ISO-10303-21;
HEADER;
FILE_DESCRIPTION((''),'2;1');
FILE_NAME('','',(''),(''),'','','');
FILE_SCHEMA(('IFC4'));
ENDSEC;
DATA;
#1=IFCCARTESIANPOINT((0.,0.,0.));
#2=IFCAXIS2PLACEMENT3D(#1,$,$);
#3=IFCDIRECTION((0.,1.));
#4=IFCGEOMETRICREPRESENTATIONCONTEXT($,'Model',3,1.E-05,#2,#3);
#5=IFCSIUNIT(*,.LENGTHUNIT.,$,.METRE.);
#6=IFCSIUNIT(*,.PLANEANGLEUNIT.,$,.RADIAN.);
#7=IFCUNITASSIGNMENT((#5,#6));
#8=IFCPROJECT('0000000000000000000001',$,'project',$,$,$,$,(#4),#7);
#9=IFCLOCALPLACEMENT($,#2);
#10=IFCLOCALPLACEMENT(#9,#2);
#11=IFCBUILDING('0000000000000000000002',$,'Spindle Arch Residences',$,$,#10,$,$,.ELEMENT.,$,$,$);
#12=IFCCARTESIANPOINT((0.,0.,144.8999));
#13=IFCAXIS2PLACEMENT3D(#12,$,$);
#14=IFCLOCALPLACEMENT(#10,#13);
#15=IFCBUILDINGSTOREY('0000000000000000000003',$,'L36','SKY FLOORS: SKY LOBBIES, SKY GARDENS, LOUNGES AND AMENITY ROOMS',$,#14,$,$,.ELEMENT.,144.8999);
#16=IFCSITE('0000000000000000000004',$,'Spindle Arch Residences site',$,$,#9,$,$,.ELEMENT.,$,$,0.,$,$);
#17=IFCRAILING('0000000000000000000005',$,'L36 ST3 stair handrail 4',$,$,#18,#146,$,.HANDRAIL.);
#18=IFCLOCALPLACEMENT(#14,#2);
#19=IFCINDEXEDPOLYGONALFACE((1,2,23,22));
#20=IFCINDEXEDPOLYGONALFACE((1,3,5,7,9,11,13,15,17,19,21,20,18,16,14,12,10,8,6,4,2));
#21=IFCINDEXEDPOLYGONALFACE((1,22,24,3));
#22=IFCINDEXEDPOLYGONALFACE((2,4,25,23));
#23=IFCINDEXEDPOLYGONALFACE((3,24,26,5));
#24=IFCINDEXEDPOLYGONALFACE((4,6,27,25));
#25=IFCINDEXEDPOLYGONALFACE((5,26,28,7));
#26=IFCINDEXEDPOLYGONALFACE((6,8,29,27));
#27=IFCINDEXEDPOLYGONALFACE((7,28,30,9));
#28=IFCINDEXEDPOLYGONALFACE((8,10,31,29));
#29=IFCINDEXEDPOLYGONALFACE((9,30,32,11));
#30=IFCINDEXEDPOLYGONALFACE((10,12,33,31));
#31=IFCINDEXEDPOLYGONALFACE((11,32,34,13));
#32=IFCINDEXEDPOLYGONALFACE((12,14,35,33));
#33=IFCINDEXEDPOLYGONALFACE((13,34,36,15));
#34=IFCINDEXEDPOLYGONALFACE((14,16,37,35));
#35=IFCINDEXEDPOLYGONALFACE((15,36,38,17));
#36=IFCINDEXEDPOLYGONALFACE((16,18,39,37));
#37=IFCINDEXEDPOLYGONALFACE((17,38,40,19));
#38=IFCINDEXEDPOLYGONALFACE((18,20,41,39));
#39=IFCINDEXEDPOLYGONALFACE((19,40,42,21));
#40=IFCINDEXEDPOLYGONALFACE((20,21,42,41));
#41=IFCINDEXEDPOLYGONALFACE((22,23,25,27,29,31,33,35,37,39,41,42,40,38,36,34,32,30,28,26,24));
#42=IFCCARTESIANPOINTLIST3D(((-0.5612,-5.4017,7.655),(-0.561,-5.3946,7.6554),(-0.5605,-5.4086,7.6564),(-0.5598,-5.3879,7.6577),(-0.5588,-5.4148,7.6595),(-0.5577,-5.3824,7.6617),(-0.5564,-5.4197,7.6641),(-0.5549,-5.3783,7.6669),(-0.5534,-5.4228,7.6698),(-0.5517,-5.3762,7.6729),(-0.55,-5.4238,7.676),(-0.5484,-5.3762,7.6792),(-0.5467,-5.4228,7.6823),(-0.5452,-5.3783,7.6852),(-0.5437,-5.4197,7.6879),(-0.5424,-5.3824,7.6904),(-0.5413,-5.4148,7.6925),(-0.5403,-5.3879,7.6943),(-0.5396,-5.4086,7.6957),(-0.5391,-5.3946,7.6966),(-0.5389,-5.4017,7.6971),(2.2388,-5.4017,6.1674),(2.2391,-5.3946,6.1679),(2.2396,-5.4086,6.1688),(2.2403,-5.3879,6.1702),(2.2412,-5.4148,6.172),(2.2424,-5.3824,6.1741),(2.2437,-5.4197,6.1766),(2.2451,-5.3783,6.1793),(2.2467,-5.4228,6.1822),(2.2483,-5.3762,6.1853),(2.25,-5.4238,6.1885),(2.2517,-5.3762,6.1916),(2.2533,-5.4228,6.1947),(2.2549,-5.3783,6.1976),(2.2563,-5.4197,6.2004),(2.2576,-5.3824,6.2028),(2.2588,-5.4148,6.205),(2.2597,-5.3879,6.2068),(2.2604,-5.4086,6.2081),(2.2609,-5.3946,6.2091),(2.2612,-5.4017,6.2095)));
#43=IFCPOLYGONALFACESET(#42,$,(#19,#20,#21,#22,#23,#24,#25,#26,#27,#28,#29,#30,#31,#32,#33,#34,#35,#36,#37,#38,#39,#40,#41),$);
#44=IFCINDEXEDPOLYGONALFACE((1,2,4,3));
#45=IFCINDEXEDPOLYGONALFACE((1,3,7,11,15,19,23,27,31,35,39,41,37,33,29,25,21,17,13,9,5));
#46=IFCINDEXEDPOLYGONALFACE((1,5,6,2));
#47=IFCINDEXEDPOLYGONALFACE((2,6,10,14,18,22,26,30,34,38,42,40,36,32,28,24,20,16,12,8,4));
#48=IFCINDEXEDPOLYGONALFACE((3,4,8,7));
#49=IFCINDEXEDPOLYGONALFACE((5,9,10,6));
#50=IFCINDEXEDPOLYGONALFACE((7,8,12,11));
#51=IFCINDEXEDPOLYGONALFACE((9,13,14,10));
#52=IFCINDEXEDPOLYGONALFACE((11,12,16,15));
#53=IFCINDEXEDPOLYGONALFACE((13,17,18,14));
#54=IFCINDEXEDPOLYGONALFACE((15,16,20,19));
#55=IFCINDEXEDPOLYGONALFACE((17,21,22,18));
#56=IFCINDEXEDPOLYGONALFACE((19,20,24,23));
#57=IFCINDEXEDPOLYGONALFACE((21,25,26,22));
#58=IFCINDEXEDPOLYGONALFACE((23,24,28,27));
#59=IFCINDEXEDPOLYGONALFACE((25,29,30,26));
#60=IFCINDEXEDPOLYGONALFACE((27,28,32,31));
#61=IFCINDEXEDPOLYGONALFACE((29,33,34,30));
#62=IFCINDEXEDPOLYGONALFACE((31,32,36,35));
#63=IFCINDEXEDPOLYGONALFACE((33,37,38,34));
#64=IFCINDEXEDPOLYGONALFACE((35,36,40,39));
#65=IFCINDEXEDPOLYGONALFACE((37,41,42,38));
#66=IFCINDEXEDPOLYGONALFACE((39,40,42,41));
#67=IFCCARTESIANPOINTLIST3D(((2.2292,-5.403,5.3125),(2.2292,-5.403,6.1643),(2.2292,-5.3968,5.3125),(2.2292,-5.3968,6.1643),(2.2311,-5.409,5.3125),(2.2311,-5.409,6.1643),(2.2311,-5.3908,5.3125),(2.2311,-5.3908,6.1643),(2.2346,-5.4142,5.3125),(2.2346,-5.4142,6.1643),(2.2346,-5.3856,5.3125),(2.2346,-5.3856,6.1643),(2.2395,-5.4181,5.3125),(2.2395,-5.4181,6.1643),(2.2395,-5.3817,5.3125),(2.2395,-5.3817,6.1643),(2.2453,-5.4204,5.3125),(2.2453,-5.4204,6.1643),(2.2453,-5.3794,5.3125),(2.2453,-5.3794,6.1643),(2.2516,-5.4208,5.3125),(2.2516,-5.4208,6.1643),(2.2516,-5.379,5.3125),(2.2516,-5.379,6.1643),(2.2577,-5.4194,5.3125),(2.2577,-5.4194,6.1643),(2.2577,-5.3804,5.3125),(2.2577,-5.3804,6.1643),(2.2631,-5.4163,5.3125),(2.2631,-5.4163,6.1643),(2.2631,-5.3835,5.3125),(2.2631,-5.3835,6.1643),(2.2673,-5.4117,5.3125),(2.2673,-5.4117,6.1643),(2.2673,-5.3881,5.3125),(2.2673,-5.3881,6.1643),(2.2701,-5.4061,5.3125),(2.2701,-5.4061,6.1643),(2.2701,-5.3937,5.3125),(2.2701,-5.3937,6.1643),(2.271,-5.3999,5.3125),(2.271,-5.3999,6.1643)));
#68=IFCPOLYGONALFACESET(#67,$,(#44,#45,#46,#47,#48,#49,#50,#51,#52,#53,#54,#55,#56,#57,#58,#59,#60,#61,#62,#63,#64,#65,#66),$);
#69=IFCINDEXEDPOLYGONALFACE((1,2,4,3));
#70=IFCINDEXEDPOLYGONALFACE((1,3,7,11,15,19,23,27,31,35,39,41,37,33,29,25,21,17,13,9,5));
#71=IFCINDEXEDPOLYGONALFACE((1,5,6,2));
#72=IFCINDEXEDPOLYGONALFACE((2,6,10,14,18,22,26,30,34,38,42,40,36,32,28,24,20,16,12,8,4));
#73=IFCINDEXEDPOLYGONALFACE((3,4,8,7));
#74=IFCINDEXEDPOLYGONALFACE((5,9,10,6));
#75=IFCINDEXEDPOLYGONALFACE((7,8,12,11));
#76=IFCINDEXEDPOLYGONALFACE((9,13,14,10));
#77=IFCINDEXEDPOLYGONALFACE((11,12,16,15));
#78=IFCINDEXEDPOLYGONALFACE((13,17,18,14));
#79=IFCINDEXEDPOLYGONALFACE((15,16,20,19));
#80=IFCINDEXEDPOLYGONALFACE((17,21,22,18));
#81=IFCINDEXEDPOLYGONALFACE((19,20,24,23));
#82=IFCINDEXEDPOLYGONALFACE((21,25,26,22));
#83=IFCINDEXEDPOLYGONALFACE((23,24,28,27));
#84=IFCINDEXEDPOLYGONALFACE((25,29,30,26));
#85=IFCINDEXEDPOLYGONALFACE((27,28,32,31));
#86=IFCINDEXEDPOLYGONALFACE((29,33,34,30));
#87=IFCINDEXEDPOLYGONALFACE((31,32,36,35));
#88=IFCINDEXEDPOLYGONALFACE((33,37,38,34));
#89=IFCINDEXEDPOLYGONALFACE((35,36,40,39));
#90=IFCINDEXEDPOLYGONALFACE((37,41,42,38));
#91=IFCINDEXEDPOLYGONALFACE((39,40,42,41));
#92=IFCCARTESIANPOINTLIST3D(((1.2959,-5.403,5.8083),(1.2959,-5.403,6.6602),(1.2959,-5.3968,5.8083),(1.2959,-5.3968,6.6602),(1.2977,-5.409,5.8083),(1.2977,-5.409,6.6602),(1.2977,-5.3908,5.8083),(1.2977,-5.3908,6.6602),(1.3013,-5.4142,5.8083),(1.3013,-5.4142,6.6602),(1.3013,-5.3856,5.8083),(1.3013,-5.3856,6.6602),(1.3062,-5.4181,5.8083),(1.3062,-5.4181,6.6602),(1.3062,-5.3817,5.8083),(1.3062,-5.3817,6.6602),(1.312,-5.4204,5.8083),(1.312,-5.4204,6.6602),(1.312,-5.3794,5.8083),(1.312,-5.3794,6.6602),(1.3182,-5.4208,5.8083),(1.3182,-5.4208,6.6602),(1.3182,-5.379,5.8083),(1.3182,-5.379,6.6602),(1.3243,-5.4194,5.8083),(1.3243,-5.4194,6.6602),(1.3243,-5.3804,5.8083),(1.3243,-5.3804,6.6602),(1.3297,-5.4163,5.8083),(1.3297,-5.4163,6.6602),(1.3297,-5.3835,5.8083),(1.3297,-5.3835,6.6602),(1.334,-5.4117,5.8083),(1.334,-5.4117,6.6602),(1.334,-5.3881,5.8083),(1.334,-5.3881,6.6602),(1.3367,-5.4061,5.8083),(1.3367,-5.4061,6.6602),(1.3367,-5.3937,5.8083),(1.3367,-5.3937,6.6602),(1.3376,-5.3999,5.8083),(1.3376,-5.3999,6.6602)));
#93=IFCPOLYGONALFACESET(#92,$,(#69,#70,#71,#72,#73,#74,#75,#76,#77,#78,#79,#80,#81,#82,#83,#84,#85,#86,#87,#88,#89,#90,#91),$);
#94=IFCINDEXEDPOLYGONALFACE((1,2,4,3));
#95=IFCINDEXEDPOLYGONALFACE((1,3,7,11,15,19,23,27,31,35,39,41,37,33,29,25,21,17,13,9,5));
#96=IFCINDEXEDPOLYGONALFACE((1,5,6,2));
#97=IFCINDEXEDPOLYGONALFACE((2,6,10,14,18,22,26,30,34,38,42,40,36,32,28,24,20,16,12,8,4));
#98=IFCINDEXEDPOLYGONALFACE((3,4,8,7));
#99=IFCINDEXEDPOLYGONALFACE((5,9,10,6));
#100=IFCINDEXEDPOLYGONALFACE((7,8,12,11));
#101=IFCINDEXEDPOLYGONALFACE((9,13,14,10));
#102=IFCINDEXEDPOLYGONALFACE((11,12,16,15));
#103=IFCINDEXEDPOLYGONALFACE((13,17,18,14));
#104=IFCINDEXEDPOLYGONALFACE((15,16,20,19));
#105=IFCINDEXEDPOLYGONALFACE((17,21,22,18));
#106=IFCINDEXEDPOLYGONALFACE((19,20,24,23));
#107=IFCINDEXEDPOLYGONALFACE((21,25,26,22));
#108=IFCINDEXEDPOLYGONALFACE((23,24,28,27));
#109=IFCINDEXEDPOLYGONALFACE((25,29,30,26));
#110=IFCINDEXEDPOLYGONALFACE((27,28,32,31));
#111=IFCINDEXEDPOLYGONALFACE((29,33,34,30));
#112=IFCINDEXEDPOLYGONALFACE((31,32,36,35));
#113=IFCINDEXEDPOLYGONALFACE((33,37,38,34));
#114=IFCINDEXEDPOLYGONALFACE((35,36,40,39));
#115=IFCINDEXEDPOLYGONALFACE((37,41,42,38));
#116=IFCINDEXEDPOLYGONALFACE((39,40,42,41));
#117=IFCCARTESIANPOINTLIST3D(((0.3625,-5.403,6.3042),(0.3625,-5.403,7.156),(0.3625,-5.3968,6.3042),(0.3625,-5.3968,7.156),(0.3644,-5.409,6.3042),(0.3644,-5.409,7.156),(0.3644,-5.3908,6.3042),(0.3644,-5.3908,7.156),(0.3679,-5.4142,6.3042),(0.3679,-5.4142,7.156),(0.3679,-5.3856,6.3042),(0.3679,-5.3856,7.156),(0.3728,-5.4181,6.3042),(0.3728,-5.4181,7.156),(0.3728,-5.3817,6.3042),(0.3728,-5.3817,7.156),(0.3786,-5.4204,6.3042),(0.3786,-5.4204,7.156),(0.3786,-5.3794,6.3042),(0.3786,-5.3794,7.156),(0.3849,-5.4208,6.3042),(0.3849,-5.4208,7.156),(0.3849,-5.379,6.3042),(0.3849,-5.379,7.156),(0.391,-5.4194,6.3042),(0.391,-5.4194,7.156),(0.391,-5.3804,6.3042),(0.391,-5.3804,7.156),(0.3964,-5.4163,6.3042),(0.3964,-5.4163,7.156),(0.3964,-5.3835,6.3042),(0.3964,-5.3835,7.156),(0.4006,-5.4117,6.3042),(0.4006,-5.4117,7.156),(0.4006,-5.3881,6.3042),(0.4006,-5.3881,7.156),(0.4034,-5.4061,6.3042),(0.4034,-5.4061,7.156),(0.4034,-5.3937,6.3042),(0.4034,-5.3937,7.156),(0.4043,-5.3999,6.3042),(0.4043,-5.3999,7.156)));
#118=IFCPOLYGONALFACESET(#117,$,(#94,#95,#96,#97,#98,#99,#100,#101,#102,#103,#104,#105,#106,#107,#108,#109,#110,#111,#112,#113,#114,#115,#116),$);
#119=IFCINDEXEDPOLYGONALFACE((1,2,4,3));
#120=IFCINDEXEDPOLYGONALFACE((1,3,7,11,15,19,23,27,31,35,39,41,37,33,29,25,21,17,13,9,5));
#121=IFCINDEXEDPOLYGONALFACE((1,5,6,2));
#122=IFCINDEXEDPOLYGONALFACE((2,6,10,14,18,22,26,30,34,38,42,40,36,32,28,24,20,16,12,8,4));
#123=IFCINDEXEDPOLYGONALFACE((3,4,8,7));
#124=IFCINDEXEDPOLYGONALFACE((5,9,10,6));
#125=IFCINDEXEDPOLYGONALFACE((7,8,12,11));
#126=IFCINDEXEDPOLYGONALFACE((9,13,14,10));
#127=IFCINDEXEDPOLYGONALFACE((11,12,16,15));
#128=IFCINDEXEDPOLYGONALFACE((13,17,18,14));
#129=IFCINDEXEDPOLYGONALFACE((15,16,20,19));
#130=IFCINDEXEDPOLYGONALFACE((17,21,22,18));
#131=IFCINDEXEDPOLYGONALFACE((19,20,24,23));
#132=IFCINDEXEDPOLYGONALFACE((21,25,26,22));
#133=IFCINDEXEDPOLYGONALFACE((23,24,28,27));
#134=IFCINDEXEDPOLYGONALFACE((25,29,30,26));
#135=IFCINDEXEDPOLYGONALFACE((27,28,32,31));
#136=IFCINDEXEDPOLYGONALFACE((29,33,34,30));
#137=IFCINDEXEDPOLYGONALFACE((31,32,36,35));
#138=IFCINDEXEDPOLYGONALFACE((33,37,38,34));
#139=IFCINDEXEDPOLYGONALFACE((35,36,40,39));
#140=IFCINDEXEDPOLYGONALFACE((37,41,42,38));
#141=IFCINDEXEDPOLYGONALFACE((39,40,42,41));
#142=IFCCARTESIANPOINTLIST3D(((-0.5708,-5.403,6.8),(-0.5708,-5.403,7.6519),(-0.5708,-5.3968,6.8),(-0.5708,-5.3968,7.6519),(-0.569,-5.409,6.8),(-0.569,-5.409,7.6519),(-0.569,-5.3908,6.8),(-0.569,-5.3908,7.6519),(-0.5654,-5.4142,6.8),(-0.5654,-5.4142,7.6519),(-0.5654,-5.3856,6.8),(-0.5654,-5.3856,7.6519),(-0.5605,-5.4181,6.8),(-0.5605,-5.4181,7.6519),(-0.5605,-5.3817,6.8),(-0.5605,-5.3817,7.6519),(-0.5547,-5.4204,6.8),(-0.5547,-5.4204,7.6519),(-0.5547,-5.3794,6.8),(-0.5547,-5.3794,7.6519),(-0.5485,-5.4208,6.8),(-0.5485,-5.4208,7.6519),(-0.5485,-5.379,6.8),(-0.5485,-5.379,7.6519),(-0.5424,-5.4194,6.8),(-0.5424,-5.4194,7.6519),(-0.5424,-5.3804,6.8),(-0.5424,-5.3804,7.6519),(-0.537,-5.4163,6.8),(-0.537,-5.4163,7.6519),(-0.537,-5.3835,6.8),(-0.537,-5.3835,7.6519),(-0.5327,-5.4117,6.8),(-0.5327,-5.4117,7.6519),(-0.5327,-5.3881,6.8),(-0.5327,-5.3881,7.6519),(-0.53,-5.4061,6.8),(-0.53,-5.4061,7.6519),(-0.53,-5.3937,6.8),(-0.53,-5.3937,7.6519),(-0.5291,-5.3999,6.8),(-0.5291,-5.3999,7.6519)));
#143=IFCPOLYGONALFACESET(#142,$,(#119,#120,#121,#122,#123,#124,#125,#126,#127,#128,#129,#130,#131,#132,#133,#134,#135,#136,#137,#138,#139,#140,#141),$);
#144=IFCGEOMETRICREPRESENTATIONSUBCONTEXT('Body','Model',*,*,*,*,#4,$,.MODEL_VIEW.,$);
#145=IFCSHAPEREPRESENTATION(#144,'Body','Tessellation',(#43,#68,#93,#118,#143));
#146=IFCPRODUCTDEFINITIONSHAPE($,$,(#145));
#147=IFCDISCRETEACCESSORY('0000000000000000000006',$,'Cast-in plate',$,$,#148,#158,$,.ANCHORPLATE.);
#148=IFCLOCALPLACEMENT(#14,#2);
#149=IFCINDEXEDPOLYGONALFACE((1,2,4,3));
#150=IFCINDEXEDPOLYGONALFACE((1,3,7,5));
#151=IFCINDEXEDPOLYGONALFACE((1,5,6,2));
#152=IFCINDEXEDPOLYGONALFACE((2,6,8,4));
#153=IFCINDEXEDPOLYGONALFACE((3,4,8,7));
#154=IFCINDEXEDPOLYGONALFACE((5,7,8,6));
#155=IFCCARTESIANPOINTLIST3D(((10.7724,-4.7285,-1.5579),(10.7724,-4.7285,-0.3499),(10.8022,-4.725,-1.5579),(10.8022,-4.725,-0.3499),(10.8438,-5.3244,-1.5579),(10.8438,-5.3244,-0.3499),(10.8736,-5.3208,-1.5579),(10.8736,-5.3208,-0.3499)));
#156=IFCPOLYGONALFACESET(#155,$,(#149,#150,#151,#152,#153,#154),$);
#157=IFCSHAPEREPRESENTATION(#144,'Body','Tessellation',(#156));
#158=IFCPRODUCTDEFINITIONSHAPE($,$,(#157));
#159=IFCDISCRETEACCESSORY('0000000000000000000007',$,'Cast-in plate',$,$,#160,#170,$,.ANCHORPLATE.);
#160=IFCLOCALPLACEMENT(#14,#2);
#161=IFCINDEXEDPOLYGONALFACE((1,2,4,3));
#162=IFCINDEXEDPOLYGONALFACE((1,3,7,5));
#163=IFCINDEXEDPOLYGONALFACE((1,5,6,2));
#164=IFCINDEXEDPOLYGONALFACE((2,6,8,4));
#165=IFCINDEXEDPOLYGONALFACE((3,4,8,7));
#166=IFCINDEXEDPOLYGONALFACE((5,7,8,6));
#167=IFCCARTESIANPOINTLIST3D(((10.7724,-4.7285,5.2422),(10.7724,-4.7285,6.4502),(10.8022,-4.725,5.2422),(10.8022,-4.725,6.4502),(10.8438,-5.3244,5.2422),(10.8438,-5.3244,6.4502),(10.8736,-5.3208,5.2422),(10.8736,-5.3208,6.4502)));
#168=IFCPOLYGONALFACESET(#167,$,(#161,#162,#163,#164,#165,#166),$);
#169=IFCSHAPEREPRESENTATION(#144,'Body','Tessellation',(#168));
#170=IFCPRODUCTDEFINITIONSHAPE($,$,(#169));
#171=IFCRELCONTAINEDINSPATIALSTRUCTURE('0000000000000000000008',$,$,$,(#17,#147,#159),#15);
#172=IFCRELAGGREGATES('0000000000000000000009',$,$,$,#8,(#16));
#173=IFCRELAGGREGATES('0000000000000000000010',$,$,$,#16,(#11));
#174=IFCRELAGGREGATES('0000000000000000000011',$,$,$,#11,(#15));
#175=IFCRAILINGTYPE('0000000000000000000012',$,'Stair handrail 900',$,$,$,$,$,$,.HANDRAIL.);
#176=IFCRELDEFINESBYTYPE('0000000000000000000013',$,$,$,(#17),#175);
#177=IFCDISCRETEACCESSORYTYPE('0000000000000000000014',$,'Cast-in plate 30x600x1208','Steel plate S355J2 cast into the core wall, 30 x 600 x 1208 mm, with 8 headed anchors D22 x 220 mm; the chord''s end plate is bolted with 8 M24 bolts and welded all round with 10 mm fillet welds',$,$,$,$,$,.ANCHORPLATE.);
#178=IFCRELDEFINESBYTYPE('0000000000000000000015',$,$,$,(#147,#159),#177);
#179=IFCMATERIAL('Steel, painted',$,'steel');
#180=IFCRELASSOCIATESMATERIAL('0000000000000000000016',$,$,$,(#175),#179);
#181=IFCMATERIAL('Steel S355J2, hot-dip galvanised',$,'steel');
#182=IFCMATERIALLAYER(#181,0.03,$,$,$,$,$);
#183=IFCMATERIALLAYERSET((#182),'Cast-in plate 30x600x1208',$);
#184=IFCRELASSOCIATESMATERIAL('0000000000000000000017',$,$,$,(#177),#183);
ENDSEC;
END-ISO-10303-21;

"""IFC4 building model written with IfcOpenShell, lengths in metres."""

from ifc_helpers import new_model, si_unit, direction, frame, origin, origin_2d, place, context, subcontext, project, spatial, rectangle, circle, extrude, material, layer, layer_set, type_object, element, save


model = new_model("IFC4")

# Units and contexts
model_context = context("Model", 3, precision=1e-05, world=origin(), true_north=direction((0.0, 1.0)))
body_context = subcontext(model_context, "Body", "Model", "MODEL_VIEW")
ifc_project = project(units=[si_unit("LENGTHUNIT", "METRE"), si_unit("PLANEANGLEUNIT", "RADIAN")], contexts=[model_context])

# Site, building, storey
site_placement = place(None, origin())
site = spatial("IfcSite", under=ifc_project, at=site_placement, Name="Spindle Arch Residences site", CompositionType="ELEMENT", RefElevation=0.0)
building_placement = place(site_placement, origin())
building = spatial("IfcBuilding", under=site, at=building_placement, Name="Spindle Arch Residences", CompositionType="ELEMENT")
storey_placement = place(building_placement, frame((0.0, 0.0, 144.8999)))
storey = spatial("IfcBuildingStorey", under=building, at=storey_placement, Name="L36", Description="SKY FLOORS: SKY LOBBIES, SKY GARDENS, LOUNGES AND AMENITY ROOMS", CompositionType="ELEMENT", Elevation=144.8999)

# Railing
ifc_material_1 = material(Name="Steel, painted", Category="steel")
railing_type = type_object("IfcRailingType", Name="Stair handrail 900", PredefinedType="HANDRAIL", material=ifc_material_1)
for number, where, name in (
    (1, (2.25, -5.3999, 5.3125), "L36 ST3 stair handrail 4"),
):
    element("IfcRailing", number, at=place(storey_placement, frame(where)), inside=storey, type_object=railing_type, Name=name, PredefinedType="HANDRAIL", context=body_context, shape_type="SweptSolid", body=[
        extrude(circle(Radius=0.0239, at=origin_2d()), frame((0.0, 0.0, 0.876), z_axis=(-0.883113, 0.0, 0.469161), x_axis=(0.0, -1.0, 0.0)), (0.0, 0.0, 1.0), 3.1707),
        extrude(circle(Radius=0.021, at=origin_2d()), origin(), (0.0, 0.0, 1.0), 0.8518),
        extrude(circle(Radius=0.021, at=origin_2d()), frame((-0.9333, 0.0, 0.4958)), (0.0, 0.0, 1.0), 0.8518),
        extrude(circle(Radius=0.021, at=origin_2d()), frame((-1.8667, 0.0, 0.9917)), (0.0, 0.0, 1.0), 0.8518),
        extrude(circle(Radius=0.021, at=origin_2d()), frame((-2.8, 0.0, 1.4875)), (0.0, 0.0, 1.0), 0.8518),
    ])

# Discrete accessories
ifc_material_2 = material(Name="Steel S355J2, hot-dip galvanised", Category="steel")
ifc_layer_1 = layer(ifc_material_2, 0.03)
ifc_layer_set_1 = layer_set([ifc_layer_1], Name="Cast-in plate 30x600x1208")
discrete_accessory_type = type_object("IfcDiscreteAccessoryType", Name="Cast-in plate 30x600x1208", Description="Steel plate S355J2 cast into the core wall, 30 x 600 x 1208 mm, with 8 headed anchors D22 x 220 mm; the chord's end plate is bolted with 8 M24 bolts and welded all round with 10 mm fillet welds", PredefinedType="ANCHORPLATE", material=ifc_layer_set_1)
for number, where, z_axis, x_axis, name in (
    (2, (10.823, -5.0247, -1.5579), (0.0, 0.0, 1.0), (0.99289, 0.119038, 0.0), "Cast-in plate"),
    (3, (10.823, -5.0247, 5.2422), (0.0, 0.0, 1.0), (0.99289, 0.119038, 0.0), "Cast-in plate"),
):
    element("IfcDiscreteAccessory", number, at=place(storey_placement, frame(where, z_axis=z_axis, x_axis=x_axis)), inside=storey, type_object=discrete_accessory_type, Name=name, PredefinedType="ANCHORPLATE", context=body_context, shape_type="SweptSolid", body=[
        extrude(rectangle(XDim=0.03, YDim=0.6001, at=origin_2d()), origin(), (0.0, 0.0, 1.0), 1.208),
    ])

save(model, "model.ifc")
